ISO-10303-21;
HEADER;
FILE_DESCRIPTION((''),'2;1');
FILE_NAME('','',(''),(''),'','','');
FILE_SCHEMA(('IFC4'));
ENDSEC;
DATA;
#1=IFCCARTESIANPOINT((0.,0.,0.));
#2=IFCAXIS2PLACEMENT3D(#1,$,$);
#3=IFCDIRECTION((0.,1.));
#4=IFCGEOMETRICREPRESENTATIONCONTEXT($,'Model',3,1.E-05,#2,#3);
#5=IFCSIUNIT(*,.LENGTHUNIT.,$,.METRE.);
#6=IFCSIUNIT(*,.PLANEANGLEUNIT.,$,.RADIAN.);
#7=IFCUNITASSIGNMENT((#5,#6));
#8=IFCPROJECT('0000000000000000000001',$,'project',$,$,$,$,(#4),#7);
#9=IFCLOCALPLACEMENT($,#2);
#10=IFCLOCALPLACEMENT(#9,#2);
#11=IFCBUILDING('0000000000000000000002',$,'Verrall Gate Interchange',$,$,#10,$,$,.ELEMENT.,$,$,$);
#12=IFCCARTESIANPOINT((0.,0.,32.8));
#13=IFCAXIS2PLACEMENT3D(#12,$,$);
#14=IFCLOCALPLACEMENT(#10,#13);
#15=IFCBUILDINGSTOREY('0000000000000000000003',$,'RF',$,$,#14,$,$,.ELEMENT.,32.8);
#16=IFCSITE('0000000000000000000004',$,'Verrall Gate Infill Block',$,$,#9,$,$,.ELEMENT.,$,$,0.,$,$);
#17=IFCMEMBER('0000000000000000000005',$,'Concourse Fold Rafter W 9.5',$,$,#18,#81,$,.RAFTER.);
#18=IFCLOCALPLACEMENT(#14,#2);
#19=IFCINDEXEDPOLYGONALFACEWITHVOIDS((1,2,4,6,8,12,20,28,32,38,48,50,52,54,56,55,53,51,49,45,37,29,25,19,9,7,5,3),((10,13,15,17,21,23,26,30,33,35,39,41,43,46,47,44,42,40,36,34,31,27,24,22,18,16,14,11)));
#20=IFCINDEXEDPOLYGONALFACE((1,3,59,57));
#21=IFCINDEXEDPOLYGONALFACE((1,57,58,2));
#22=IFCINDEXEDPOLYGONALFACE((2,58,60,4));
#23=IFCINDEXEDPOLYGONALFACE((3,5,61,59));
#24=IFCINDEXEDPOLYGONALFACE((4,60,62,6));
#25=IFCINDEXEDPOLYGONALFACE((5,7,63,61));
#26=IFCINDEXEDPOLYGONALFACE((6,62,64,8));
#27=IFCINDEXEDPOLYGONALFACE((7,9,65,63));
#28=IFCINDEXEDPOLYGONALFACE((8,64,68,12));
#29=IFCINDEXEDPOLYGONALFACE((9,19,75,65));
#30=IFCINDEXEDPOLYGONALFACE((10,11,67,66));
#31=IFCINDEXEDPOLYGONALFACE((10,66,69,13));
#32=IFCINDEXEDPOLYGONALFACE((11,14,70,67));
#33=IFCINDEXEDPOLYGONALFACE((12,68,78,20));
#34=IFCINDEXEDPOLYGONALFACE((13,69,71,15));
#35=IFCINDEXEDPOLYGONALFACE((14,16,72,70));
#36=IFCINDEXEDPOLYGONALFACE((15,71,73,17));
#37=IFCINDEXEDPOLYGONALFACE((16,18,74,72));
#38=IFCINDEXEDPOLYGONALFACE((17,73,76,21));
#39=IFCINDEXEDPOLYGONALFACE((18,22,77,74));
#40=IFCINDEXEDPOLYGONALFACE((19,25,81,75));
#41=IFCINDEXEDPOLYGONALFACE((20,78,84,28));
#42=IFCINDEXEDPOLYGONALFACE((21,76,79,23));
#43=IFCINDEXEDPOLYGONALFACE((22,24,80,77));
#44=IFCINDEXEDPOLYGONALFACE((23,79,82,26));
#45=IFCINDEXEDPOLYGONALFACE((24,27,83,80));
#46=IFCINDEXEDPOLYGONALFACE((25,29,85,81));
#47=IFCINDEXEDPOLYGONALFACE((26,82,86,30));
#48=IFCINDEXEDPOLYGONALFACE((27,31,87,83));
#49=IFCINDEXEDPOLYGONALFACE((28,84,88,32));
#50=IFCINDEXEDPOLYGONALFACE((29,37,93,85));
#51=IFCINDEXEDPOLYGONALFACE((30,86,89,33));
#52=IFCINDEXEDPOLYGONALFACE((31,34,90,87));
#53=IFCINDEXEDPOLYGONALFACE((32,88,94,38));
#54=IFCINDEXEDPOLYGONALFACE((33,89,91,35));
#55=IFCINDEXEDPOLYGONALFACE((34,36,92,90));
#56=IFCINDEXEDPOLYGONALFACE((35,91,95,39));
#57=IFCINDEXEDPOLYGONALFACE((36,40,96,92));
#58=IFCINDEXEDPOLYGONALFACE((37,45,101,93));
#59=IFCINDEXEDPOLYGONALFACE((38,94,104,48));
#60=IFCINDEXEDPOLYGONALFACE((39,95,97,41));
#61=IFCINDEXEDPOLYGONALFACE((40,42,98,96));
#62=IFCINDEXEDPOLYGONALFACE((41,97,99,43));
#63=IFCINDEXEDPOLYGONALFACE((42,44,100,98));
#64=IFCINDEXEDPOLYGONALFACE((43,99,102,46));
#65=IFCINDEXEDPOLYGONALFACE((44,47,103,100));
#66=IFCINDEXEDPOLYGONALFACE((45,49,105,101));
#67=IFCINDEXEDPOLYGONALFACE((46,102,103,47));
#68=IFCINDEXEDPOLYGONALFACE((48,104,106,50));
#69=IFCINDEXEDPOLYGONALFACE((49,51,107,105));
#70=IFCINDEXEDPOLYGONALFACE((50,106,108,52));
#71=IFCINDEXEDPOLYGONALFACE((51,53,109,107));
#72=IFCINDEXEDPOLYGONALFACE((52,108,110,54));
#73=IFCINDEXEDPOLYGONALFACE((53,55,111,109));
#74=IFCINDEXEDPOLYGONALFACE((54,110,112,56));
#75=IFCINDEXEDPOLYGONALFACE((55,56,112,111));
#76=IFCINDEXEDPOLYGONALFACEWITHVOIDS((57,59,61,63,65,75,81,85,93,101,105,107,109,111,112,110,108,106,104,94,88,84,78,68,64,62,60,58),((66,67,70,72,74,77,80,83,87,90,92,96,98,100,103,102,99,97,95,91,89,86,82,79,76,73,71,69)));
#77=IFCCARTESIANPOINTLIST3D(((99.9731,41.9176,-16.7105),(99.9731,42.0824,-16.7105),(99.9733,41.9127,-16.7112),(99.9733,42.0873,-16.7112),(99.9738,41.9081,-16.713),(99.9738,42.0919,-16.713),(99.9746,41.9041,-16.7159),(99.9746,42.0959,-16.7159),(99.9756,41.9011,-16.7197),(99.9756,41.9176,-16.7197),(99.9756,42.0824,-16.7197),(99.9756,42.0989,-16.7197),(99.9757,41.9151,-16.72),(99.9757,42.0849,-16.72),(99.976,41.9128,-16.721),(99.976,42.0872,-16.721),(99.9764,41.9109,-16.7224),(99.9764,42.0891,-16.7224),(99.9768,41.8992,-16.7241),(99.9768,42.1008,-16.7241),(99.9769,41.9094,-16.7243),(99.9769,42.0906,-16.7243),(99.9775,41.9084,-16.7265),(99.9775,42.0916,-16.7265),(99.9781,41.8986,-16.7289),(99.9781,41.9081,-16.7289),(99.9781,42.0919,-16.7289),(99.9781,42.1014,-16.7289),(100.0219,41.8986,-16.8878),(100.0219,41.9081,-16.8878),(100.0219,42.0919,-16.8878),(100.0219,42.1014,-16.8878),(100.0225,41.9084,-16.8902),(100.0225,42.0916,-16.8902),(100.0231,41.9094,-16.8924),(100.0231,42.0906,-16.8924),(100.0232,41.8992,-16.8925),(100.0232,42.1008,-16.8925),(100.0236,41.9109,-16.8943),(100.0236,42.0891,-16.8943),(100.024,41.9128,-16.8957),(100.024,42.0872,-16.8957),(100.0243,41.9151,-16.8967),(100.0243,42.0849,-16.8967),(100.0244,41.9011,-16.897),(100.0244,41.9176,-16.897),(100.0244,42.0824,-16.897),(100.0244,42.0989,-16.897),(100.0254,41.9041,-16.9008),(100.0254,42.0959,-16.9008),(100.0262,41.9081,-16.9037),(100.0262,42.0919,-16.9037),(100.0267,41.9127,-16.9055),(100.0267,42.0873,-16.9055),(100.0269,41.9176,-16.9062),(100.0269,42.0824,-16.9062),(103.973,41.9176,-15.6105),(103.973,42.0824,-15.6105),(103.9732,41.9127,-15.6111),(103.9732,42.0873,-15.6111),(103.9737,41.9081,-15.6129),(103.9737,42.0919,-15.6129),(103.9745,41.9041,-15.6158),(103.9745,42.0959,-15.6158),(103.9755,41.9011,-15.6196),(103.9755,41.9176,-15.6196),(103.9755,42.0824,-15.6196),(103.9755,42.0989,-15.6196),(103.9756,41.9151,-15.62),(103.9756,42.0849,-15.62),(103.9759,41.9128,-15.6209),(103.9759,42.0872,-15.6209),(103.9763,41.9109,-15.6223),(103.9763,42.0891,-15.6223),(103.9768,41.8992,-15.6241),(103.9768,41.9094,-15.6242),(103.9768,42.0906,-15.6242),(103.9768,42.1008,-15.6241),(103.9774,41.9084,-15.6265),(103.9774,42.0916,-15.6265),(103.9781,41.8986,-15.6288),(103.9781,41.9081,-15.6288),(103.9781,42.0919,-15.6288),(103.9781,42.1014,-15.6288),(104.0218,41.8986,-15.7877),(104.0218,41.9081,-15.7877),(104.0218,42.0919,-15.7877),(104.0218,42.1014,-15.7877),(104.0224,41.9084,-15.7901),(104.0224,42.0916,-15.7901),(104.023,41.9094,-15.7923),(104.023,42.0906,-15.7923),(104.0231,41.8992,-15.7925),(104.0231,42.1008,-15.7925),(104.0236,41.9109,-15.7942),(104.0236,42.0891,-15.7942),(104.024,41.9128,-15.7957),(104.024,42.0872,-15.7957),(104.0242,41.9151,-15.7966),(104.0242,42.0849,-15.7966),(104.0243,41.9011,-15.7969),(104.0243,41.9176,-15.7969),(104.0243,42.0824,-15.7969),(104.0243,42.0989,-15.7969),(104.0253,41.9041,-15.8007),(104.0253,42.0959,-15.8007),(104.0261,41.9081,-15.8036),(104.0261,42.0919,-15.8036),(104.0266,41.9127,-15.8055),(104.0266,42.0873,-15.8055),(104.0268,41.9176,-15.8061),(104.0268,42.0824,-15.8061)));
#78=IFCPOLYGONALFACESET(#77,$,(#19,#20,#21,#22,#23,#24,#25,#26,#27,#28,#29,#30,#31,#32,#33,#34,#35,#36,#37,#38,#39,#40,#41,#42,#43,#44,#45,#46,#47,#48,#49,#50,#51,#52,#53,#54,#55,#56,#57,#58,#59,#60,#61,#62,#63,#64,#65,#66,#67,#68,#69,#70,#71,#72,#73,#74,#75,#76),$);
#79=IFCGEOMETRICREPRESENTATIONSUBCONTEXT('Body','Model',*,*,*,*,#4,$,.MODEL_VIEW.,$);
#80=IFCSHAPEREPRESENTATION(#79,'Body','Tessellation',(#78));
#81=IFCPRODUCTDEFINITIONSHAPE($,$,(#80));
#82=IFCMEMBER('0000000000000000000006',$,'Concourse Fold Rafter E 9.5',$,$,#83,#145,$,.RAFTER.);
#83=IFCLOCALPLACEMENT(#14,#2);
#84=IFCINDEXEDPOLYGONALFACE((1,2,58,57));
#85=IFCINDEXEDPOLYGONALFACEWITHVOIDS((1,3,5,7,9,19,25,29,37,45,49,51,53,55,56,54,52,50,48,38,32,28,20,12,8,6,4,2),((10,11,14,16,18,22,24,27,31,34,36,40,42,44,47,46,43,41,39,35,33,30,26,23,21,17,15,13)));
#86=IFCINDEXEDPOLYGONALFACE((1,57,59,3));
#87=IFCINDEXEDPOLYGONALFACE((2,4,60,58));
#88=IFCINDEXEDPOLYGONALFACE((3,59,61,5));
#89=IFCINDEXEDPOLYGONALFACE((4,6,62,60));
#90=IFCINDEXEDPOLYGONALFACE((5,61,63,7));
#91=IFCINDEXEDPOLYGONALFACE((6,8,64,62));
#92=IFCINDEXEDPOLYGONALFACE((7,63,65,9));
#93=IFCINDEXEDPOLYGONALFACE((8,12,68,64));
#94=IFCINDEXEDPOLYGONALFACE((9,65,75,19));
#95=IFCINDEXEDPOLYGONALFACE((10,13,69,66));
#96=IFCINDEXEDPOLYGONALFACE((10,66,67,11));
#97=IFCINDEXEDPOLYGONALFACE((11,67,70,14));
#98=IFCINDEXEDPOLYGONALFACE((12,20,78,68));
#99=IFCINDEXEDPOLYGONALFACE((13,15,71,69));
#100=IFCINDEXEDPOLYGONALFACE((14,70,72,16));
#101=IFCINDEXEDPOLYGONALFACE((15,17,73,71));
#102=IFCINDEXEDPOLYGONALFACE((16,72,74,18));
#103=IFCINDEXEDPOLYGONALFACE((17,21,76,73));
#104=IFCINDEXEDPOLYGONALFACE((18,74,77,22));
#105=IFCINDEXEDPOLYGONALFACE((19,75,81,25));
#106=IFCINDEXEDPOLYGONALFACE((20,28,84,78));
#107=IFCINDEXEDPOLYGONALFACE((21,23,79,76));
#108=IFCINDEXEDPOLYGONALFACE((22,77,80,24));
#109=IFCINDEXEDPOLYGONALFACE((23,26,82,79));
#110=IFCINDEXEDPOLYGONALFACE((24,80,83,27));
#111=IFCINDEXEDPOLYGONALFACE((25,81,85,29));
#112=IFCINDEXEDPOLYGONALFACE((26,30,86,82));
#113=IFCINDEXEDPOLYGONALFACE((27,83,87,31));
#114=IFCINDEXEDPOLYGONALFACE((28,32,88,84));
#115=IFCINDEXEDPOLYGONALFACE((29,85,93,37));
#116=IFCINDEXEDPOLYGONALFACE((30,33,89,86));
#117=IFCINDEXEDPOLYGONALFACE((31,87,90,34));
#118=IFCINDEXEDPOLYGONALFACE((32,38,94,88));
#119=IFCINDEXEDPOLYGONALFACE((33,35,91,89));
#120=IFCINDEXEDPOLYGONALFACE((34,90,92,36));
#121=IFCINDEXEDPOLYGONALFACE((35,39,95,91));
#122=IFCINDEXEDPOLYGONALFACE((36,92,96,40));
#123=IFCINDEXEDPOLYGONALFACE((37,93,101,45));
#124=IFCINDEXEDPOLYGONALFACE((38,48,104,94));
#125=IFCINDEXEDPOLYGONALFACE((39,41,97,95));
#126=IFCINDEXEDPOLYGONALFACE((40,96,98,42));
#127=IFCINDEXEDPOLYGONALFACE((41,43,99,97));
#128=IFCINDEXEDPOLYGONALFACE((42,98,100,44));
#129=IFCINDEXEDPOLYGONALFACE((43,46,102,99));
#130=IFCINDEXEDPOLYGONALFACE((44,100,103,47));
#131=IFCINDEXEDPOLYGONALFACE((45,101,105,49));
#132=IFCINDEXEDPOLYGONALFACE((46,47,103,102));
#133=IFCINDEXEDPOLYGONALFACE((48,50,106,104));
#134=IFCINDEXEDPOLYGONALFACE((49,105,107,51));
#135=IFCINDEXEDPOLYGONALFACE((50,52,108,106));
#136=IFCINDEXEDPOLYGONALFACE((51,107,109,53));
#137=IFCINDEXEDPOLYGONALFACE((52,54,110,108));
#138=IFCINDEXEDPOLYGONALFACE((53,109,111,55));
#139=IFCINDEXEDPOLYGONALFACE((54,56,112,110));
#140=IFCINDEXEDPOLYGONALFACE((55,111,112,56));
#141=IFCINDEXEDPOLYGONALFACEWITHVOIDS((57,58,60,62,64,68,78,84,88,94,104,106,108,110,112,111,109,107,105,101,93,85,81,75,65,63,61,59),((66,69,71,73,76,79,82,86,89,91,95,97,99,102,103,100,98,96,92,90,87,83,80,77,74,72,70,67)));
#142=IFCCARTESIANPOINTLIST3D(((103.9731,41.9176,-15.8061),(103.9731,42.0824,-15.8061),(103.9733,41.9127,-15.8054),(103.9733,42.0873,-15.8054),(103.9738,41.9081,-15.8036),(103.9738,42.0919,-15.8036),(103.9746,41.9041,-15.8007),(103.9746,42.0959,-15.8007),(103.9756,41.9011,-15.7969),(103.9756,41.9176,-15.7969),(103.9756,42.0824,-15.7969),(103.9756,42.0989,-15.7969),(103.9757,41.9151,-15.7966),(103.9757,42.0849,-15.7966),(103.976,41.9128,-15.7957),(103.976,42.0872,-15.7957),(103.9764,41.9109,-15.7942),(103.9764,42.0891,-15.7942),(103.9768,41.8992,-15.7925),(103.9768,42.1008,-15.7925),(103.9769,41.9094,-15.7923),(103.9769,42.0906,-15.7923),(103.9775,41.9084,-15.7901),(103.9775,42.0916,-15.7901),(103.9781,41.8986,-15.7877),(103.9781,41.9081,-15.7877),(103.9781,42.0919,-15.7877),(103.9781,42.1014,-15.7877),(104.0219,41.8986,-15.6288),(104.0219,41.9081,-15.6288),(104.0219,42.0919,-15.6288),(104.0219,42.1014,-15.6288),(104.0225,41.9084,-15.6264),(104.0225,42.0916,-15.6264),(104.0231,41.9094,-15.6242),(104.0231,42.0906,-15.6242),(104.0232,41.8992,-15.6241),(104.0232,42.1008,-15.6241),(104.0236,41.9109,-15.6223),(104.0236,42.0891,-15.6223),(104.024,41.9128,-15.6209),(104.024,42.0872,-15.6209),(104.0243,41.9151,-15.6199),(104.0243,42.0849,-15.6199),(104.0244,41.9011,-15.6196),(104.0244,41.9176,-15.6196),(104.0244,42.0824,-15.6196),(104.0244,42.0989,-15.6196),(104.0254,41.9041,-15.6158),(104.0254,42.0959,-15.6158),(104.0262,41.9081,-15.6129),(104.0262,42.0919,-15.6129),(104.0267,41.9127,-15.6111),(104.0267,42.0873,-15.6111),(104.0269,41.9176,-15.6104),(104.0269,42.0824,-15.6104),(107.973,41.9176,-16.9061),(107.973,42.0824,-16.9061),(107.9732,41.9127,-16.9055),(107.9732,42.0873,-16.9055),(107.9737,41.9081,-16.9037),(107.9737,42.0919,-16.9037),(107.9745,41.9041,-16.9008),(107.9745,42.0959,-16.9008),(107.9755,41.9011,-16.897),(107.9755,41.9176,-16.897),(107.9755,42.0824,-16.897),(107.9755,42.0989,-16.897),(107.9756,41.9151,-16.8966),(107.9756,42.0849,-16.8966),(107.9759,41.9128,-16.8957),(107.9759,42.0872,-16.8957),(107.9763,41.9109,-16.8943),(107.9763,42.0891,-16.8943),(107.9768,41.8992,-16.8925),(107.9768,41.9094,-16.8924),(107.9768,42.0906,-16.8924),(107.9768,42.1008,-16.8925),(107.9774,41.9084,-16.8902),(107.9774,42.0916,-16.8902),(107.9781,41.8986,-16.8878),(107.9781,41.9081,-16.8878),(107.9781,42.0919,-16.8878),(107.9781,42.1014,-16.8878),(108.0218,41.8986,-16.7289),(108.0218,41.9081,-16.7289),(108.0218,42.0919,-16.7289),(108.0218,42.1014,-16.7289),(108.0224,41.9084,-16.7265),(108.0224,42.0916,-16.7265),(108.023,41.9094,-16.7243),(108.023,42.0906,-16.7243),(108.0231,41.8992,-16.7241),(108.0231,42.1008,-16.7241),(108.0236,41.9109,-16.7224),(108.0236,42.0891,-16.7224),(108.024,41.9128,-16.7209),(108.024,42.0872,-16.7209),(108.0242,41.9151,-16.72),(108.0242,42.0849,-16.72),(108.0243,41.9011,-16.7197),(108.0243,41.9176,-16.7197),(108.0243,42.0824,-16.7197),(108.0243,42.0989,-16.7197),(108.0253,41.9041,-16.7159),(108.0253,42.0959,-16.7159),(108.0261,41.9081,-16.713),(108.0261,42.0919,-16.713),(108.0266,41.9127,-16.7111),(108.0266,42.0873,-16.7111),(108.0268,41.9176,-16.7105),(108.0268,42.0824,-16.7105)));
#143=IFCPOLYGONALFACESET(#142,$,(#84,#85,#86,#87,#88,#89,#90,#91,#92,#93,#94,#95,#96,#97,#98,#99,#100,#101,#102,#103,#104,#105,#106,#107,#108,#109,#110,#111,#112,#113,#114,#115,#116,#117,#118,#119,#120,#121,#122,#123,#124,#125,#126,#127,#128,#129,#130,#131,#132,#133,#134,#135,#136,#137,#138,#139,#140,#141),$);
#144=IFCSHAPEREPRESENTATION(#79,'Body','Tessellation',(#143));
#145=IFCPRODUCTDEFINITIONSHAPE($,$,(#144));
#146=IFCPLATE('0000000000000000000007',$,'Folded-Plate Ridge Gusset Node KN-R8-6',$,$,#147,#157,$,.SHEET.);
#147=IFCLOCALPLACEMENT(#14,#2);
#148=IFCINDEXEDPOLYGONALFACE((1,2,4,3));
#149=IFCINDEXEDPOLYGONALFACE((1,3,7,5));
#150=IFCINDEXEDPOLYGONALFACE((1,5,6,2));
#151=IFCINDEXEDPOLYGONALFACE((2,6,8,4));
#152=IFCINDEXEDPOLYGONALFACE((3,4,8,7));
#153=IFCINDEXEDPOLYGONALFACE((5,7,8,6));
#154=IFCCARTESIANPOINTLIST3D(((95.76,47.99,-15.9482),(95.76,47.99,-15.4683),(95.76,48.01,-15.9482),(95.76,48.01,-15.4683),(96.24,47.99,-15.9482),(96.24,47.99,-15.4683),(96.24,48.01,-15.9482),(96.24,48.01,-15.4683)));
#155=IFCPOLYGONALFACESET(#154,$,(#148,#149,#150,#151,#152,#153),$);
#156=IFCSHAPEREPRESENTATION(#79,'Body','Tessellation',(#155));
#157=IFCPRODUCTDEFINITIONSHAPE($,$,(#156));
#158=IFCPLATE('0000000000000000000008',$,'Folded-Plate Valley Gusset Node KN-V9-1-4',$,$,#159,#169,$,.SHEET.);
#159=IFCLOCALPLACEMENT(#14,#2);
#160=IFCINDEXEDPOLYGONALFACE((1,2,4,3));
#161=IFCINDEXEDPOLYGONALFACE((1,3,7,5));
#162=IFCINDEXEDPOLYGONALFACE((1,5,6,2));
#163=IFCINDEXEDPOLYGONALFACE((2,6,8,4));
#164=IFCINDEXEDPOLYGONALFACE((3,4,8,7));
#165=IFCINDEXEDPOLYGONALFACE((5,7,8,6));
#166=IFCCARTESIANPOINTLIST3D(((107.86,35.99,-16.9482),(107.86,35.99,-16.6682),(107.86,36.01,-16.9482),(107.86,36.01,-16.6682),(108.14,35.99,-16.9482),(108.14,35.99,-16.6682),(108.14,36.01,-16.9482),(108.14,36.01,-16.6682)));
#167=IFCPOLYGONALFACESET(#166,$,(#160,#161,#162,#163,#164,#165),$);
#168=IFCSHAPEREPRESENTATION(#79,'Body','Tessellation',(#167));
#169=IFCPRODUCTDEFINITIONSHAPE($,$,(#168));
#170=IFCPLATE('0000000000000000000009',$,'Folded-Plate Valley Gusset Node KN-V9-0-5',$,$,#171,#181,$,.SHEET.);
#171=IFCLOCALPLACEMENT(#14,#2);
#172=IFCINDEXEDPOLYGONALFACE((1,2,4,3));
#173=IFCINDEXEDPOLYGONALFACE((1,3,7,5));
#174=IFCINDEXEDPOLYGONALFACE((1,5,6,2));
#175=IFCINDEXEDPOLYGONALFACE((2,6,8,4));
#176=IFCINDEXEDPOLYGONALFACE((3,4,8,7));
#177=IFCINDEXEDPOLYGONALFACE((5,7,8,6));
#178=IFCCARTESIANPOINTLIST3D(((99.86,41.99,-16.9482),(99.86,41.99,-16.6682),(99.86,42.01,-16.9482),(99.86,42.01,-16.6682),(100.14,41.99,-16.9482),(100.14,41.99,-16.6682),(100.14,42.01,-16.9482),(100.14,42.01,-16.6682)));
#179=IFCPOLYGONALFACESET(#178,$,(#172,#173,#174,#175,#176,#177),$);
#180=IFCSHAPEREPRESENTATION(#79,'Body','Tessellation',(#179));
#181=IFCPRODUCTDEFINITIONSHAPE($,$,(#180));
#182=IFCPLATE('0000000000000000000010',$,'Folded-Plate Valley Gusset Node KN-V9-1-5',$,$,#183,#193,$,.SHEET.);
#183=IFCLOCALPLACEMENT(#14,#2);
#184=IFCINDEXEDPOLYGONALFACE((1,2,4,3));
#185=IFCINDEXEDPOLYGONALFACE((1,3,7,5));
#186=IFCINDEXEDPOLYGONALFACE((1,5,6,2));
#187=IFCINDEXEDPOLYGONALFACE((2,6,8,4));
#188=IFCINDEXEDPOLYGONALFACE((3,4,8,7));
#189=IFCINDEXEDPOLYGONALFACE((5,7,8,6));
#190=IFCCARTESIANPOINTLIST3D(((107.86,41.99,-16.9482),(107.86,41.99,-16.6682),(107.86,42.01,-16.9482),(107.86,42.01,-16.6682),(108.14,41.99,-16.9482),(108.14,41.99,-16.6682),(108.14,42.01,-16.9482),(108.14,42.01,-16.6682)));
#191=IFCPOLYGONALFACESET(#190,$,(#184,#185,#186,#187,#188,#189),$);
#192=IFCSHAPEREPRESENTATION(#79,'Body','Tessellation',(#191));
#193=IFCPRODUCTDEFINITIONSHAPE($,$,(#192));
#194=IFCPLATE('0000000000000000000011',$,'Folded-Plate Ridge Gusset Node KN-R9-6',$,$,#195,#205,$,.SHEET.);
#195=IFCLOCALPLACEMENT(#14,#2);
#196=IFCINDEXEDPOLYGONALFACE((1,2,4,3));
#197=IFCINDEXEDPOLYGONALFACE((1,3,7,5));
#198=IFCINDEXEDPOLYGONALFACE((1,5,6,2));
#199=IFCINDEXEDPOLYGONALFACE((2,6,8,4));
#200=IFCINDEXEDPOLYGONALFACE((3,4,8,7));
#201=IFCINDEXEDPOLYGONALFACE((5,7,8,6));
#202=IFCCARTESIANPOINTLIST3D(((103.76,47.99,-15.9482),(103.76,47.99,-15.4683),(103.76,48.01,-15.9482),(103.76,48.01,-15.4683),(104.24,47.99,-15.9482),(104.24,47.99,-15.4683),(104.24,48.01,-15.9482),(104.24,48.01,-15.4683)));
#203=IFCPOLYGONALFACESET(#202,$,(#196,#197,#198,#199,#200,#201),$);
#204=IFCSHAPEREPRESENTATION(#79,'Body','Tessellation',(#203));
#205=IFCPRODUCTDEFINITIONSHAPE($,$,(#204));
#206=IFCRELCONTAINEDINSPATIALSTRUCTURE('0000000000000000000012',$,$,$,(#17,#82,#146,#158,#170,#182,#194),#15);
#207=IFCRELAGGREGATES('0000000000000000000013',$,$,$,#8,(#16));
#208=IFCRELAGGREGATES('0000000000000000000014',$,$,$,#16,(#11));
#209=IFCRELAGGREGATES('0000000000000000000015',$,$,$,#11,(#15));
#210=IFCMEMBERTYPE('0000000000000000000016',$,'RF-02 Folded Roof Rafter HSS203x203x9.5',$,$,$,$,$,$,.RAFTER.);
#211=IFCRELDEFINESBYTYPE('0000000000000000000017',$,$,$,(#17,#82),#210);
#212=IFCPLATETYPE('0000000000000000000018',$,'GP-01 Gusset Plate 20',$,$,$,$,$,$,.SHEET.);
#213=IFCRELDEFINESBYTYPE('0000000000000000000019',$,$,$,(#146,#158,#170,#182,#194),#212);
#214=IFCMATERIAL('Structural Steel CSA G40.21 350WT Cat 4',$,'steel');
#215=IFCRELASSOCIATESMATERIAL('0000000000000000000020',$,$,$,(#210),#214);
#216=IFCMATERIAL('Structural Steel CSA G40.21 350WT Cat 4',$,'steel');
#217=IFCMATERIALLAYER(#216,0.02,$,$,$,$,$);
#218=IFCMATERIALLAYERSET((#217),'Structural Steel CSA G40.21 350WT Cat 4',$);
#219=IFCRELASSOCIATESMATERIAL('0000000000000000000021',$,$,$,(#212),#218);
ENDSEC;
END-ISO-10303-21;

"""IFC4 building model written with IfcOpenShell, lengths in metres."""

from ifc_helpers import new_model, si_unit, direction, frame, origin, origin_2d, place, context, subcontext, project, spatial, rectangle, hollow_rectangle, extrude, material, layer, layer_set, material_profile, profile_set, type_object, element, save


model = new_model("IFC4")

# Units and contexts
model_context = context("Model", 3, precision=1e-05, world=origin(), true_north=direction((0.0, 1.0)))
body_context = subcontext(model_context, "Body", "Model", "MODEL_VIEW")
ifc_project = project(units=[si_unit("LENGTHUNIT", "METRE"), si_unit("PLANEANGLEUNIT", "RADIAN")], contexts=[model_context])

# Site, building, storey
site_placement = place(None, origin())
site = spatial("IfcSite", under=ifc_project, at=site_placement, Name="Verrall Gate Infill Block", CompositionType="ELEMENT", RefElevation=0.0)
building_placement = place(site_placement, origin())
building = spatial("IfcBuilding", under=site, at=building_placement, Name="Verrall Gate Interchange", CompositionType="ELEMENT")
storey_placement = place(building_placement, frame((0.0, 0.0, 32.8)))
storey = spatial("IfcBuildingStorey", under=building, at=storey_placement, Name="RF", CompositionType="ELEMENT", Elevation=32.8)

# Members
ifc_material_1 = material(Name="Structural Steel CSA G40.21 350WT Cat 4", Category="steel")
ifc_material_profile_1 = material_profile(ifc_material_1, hollow_rectangle(XDim=0.2029, YDim=0.2029, WallThickness=0.0095, InnerFilletRadius=0.0095, OuterFilletRadius=0.019, at=origin_2d()), Name="HSS203x203x9.5")
ifc_profile_set_1 = profile_set([ifc_material_profile_1], Name="Structural Steel CSA G40.21 350WT Cat 4")
member_type_1 = type_object("IfcMemberType", Name="RF-02 Folded Roof Rafter HSS203x203x9.5", PredefinedType="RAFTER", material=ifc_profile_set_1)
for number, where, z_axis, x_axis, name in (
    (1, (100.0, 42.0, -16.8083), (0.964199, 0.0, 0.265178), (0.0, 1.0, 0.0), "Concourse Fold Rafter W 9.5"),
    (2, (104.0, 42.0, -15.7083), (0.964199, 0.0, -0.265178), (0.0, 1.0, 0.0), "Concourse Fold Rafter E 9.5"),
):
    element("IfcMember", number, at=place(storey_placement, frame(where, z_axis=z_axis, x_axis=x_axis)), inside=storey, type_object=member_type_1, Name=name, PredefinedType="RAFTER", context=body_context, shape_type="SweptSolid", body=[
        extrude(hollow_rectangle(XDim=0.2029, YDim=0.2029, WallThickness=0.0095, InnerFilletRadius=0.0095, OuterFilletRadius=0.019, at=origin_2d()), origin(), (0.0, 0.0, 1.0), 4.1484),
    ])

# Plates
ifc_material_2 = material(Name="Structural Steel CSA G40.21 350WT Cat 4", Category="steel")
ifc_layer_1 = layer(ifc_material_2, 0.02)
ifc_layer_set_1 = layer_set([ifc_layer_1], Name="Structural Steel CSA G40.21 350WT Cat 4")
plate_type_1 = type_object("IfcPlateType", Name="GP-01 Gusset Plate 20", PredefinedType="SHEET", material=ifc_layer_set_1)
plate_1_placement = place(storey_placement, frame((96.0, 48.0, -15.9482), z_axis=(0.0, 0.0, 1.0), x_axis=(1.0, 0.0, 0.0)))
element("IfcPlate", 3, at=plate_1_placement, inside=storey, type_object=plate_type_1, Name="Folded-Plate Ridge Gusset Node KN-R8-6", PredefinedType="SHEET", context=body_context, shape_type="SweptSolid", body=[
    extrude(rectangle(XDim=0.48, YDim=0.02, at=origin_2d()), origin(), (0.0, 0.0, 1.0), 0.48),
])
for number, where, z_axis, x_axis, name in (
    (4, (108.0, 36.0, -16.9482), (0.0, 0.0, 1.0), (1.0, 0.0, 0.0), "Folded-Plate Valley Gusset Node KN-V9-1-4"),
    (5, (100.0, 42.0, -16.9482), (0.0, 0.0, 1.0), (1.0, 0.0, 0.0), "Folded-Plate Valley Gusset Node KN-V9-0-5"),
    (6, (108.0, 42.0, -16.9482), (0.0, 0.0, 1.0), (1.0, 0.0, 0.0), "Folded-Plate Valley Gusset Node KN-V9-1-5"),
):
    element("IfcPlate", number, at=place(storey_placement, frame(where, z_axis=z_axis, x_axis=x_axis)), inside=storey, type_object=plate_type_1, Name=name, PredefinedType="SHEET", context=body_context, shape_type="SweptSolid", body=[
        extrude(rectangle(XDim=0.28, YDim=0.02, at=origin_2d()), origin(), (0.0, 0.0, 1.0), 0.28),
    ])
plate_2_placement = place(storey_placement, frame((104.0, 48.0, -15.9482), z_axis=(0.0, 0.0, 1.0), x_axis=(1.0, 0.0, 0.0)))
element("IfcPlate", 7, at=plate_2_placement, inside=storey, type_object=plate_type_1, Name="Folded-Plate Ridge Gusset Node KN-R9-6", PredefinedType="SHEET", context=body_context, shape_type="SweptSolid", body=[
    extrude(rectangle(XDim=0.48, YDim=0.02, at=origin_2d()), origin(), (0.0, 0.0, 1.0), 0.48),
])

save(model, "model.ifc")
